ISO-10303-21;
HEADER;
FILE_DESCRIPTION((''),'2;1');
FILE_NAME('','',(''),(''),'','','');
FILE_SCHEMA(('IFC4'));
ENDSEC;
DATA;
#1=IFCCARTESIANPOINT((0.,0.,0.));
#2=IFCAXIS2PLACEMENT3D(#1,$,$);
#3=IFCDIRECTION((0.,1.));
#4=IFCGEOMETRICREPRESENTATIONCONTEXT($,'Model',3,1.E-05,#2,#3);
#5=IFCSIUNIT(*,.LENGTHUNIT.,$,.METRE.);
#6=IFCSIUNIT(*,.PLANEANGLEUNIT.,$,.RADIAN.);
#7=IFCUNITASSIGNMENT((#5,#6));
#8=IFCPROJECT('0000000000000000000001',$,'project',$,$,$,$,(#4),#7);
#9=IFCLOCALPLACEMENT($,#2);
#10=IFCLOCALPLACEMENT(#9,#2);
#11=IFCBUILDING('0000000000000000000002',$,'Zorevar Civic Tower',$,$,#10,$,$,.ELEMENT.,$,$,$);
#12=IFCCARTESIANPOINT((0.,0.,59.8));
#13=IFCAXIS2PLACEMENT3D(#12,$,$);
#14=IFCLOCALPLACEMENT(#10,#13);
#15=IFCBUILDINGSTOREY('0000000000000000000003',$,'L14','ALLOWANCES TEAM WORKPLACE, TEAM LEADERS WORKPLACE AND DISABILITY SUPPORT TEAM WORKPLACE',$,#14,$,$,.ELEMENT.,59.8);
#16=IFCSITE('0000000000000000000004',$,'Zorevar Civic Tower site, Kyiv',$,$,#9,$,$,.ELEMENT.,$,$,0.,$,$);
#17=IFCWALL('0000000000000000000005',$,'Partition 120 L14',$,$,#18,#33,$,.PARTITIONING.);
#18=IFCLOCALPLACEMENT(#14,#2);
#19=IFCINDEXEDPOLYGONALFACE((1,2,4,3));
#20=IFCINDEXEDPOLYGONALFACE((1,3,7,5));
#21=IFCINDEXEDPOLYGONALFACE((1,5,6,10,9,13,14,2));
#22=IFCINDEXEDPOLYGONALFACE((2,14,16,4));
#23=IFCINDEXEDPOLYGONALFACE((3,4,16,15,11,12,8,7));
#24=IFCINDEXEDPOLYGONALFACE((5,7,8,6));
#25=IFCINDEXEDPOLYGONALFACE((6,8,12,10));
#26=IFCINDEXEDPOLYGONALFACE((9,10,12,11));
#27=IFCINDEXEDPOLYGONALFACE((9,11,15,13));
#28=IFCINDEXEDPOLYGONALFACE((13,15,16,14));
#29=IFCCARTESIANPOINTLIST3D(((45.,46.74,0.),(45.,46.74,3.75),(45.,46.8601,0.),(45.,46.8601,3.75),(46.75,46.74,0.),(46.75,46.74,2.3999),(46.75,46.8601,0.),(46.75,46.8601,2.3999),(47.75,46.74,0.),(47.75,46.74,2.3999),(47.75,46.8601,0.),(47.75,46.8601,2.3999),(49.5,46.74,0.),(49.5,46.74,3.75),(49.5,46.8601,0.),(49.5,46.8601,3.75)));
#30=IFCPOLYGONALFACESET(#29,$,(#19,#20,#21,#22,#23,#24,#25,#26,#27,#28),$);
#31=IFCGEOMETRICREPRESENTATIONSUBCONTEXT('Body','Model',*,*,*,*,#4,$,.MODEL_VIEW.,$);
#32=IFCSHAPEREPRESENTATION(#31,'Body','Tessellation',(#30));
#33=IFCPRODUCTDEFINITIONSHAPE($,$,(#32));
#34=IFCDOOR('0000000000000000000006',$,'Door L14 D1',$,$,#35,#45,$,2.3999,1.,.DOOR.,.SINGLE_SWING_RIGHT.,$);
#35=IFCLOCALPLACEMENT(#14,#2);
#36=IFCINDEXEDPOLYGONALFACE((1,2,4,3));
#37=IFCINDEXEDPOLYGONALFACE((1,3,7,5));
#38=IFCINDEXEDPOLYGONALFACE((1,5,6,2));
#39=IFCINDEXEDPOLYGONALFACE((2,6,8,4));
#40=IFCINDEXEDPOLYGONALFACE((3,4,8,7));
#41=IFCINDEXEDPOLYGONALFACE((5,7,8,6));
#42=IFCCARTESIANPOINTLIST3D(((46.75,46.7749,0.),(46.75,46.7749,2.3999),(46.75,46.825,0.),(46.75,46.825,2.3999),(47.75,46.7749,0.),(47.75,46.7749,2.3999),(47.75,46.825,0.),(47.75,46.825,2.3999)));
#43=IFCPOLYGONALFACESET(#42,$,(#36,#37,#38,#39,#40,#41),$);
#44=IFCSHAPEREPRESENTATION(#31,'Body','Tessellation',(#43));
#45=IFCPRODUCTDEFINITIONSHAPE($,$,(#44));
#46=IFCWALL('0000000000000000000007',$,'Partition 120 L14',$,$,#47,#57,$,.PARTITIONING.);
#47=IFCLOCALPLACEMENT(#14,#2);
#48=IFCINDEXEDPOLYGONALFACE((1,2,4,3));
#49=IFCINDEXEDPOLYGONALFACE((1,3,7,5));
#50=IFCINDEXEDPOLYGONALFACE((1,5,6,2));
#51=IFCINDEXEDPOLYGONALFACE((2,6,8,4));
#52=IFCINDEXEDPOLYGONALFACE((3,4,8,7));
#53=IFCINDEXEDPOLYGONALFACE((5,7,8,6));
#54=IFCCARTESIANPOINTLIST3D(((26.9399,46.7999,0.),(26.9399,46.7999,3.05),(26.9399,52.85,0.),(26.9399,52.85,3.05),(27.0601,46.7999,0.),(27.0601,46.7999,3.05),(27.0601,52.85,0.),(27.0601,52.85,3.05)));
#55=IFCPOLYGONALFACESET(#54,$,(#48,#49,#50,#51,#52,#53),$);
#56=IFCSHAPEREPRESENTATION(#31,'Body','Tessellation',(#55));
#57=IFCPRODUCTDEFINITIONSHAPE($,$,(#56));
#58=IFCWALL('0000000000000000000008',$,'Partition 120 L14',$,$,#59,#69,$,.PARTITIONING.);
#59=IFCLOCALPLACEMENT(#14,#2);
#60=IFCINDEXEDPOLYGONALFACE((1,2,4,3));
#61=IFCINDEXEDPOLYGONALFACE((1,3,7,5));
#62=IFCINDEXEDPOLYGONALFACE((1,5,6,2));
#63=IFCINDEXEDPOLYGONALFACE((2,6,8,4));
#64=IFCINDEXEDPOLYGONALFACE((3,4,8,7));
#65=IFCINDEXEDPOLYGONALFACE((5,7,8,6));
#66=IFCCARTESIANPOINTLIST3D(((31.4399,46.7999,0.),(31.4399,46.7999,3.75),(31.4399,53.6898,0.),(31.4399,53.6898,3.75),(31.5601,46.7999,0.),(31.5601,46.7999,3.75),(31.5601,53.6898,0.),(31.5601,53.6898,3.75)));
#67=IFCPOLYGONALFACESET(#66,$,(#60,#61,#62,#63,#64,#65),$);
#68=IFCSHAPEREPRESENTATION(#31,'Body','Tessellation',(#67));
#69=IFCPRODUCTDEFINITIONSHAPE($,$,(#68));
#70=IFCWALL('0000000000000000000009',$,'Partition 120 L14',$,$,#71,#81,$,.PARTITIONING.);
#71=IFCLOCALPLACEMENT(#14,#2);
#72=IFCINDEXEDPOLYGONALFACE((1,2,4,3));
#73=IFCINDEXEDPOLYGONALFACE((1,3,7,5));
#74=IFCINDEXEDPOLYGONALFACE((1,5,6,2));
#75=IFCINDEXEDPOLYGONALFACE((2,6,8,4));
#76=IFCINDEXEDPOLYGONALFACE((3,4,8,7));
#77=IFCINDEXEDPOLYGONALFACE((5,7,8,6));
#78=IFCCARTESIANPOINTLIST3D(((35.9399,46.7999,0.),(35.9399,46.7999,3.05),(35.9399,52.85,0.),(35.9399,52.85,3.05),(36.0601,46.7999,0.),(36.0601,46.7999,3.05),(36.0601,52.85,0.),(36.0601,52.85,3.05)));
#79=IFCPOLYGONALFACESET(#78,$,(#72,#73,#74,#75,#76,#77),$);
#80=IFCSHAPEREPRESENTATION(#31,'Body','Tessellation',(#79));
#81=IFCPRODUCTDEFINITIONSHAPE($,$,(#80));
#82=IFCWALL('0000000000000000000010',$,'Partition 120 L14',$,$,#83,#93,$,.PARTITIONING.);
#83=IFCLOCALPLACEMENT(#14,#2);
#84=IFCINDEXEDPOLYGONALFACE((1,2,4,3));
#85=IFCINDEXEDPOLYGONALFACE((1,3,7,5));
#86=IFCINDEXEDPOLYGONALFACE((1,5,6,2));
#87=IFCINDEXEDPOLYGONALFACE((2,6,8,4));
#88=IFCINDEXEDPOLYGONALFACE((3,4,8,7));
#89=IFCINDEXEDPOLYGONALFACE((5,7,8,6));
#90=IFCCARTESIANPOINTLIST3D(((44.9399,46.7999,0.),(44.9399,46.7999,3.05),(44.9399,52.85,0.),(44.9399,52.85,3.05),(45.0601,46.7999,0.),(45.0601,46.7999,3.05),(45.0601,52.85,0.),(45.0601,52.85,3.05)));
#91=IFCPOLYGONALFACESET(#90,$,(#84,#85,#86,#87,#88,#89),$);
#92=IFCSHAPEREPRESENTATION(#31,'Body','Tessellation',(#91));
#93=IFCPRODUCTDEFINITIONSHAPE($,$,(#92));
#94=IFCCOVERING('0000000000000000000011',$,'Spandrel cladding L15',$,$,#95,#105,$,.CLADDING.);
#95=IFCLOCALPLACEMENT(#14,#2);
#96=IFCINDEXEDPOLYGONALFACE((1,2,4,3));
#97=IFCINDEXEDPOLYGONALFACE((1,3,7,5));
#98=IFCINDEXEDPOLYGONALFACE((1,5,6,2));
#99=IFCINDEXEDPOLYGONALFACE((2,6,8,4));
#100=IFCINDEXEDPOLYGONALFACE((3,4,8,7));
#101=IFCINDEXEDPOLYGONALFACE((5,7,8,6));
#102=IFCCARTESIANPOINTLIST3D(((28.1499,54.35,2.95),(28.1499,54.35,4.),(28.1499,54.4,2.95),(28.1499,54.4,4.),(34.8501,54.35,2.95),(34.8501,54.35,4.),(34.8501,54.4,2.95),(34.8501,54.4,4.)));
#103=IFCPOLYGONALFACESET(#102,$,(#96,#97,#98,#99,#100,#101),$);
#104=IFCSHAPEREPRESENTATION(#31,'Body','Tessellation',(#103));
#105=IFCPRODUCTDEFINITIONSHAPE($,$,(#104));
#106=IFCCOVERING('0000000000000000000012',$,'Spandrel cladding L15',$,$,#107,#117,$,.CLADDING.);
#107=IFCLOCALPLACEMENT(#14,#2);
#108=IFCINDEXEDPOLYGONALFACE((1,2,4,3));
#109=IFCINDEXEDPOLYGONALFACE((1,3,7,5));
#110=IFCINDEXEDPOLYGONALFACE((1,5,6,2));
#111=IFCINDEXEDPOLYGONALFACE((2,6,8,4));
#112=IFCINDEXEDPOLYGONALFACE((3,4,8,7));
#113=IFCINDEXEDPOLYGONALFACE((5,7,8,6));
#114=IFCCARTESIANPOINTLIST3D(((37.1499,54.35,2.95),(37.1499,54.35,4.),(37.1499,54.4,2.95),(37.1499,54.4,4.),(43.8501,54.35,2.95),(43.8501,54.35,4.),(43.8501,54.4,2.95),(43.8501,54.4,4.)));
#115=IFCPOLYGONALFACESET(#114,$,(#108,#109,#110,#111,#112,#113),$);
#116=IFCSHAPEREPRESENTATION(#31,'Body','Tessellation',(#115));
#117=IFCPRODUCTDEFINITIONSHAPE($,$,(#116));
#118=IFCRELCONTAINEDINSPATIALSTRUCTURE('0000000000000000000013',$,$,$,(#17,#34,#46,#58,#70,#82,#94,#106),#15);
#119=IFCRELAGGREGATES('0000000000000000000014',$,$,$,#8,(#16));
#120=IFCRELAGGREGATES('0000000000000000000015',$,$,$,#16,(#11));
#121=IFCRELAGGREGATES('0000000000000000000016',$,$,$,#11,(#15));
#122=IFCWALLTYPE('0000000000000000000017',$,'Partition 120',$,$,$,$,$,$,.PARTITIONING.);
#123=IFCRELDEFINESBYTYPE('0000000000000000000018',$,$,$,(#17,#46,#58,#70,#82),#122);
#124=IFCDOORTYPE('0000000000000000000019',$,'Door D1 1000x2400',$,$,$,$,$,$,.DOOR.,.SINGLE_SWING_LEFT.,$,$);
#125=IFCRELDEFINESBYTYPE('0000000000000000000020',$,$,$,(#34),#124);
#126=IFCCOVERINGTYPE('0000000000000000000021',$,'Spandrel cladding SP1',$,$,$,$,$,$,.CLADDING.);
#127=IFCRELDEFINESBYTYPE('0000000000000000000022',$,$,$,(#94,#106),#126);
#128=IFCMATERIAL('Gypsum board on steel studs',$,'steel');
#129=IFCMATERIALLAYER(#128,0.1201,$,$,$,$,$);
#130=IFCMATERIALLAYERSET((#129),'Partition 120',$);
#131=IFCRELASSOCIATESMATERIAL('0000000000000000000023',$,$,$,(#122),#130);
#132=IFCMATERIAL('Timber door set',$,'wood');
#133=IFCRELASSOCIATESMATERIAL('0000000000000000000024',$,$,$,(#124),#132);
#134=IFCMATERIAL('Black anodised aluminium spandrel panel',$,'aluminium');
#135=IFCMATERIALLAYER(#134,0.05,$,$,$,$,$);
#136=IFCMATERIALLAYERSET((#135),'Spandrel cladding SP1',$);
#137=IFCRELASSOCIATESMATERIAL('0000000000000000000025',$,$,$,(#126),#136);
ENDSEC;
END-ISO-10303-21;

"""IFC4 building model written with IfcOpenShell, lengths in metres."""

from ifc_helpers import new_model, si_unit, direction, frame, frame_2d, origin, place, context, subcontext, project, spatial, rectangle, extrude, material, layer, layer_set, type_object, element, fill, save


model = new_model("IFC4")

# Units and contexts
model_context = context("Model", 3, precision=1e-05, world=origin(), true_north=direction((0.0, 1.0)))
body_context = subcontext(model_context, "Body", "Model", "MODEL_VIEW")
ifc_project = project(units=[si_unit("LENGTHUNIT", "METRE"), si_unit("PLANEANGLEUNIT", "RADIAN")], contexts=[model_context])

# Site, building, storey
site_placement = place(None, origin())
site = spatial("IfcSite", under=ifc_project, at=site_placement, Name="Zorevar Civic Tower site, Kyiv", CompositionType="ELEMENT", RefElevation=0.0)
building_placement = place(site_placement, origin())
building = spatial("IfcBuilding", under=site, at=building_placement, Name="Zorevar Civic Tower", CompositionType="ELEMENT")
storey_placement = place(building_placement, frame((0.0, 0.0, 59.8)))
storey = spatial("IfcBuildingStorey", under=building, at=storey_placement, Name="L14", Description="ALLOWANCES TEAM WORKPLACE, TEAM LEADERS WORKPLACE AND DISABILITY SUPPORT TEAM WORKPLACE", CompositionType="ELEMENT", Elevation=59.8)

# Wall, opening, door
ifc_material_1 = material(Name="Gypsum board on steel studs", Category="steel")
ifc_layer_1 = layer(ifc_material_1, 0.1201)
ifc_layer_set_1 = layer_set([ifc_layer_1], Name="Partition 120")
wall_type = type_object("IfcWallType", Name="Partition 120", PredefinedType="PARTITIONING", material=ifc_layer_set_1)
ifc_material_2 = material(Name="Timber door set", Category="wood")
door_type = type_object("IfcDoorType", Name="Door D1 1000x2400", OperationType="SINGLE_SWING_LEFT", PredefinedType="DOOR", material=ifc_material_2)
wall_1_placement = place(storey_placement, frame((45.0, 46.8, 0.0), z_axis=(0.0, 0.0, 1.0), x_axis=(1.0, 0.0, 0.0)))
wall_1 = element("IfcWall", 1, at=wall_1_placement, inside=storey, type_object=wall_type, Name="Partition 120 L14", PredefinedType="PARTITIONING", context=body_context, shape_type="SweptSolid", body=[
    extrude(rectangle(XDim=4.5, YDim=0.1201, at=frame_2d((2.25, 0.0))), origin(), (0.0, 0.0, 1.0), 3.75),
])
opening_1_placement = place(wall_1_placement, frame((1.75, 0.0, 0.0)))
opening_1 = element("IfcOpeningElement", 2, at=opening_1_placement, cuts=wall_1, PredefinedType="OPENING", context=body_context, shape_type="SweptSolid", body=[
    extrude(rectangle(XDim=1.0, YDim=2.3999, at=frame_2d((0.5, 1.2))), frame((0.0, 0.0701, 0.0), z_axis=(0.0, -1.0, 0.0), x_axis=(1.0, 0.0, 0.0)), (0.0, 0.0, 1.0), 0.1401),
])
door_1_placement = place(opening_1_placement, origin())
door_1 = element("IfcDoor", 3, at=door_1_placement, inside=storey, type_object=door_type, Name="Door L14 D1", OperationType="SINGLE_SWING_RIGHT", OverallHeight=2.3999, OverallWidth=1.0, PredefinedType="DOOR", context=body_context, shape_type="SweptSolid", body=[
    extrude(rectangle(XDim=1.0, YDim=2.3999, at=frame_2d((0.5, 1.2))), frame((0.0, 0.0249, 0.0), z_axis=(0.0, -1.0, 0.0), x_axis=(1.0, 0.0, 0.0)), (0.0, 0.0, 1.0), 0.05),
])
fill(opening_1, door_1)

# Walls
wall_2_placement = place(storey_placement, frame((27.0, 46.8, 0.0), z_axis=(0.0, 0.0, 1.0), x_axis=(0.0, 1.0, 0.0)))
element("IfcWall", 4, at=wall_2_placement, inside=storey, type_object=wall_type, Name="Partition 120 L14", PredefinedType="PARTITIONING", context=body_context, shape_type="SweptSolid", body=[
    extrude(rectangle(XDim=6.05, YDim=0.1201, at=frame_2d((3.0249, 0.0))), origin(), (0.0, 0.0, 1.0), 3.05),
])
wall_3_placement = place(storey_placement, frame((31.5, 46.8, 0.0), z_axis=(0.0, 0.0, 1.0), x_axis=(0.0, 1.0, 0.0)))
element("IfcWall", 5, at=wall_3_placement, inside=storey, type_object=wall_type, Name="Partition 120 L14", PredefinedType="PARTITIONING", context=body_context, shape_type="SweptSolid", body=[
    extrude(rectangle(XDim=6.8899, YDim=0.1201, at=frame_2d((3.4448, 0.0))), origin(), (0.0, 0.0, 1.0), 3.75),
])
for number, where, z_axis, x_axis, name in (
    (6, (36.0, 46.8, 0.0), (0.0, 0.0, 1.0), (0.0, 1.0, 0.0), "Partition 120 L14"),
    (7, (45.0, 46.8, 0.0), (0.0, 0.0, 1.0), (0.0, 1.0, 0.0), "Partition 120 L14"),
):
    element("IfcWall", number, at=place(storey_placement, frame(where, z_axis=z_axis, x_axis=x_axis)), inside=storey, type_object=wall_type, Name=name, PredefinedType="PARTITIONING", context=body_context, shape_type="SweptSolid", body=[
        extrude(rectangle(XDim=6.05, YDim=0.1201, at=frame_2d((3.0249, 0.0))), origin(), (0.0, 0.0, 1.0), 3.05),
    ])

# Coverings
ifc_material_3 = material(Name="Black anodised aluminium spandrel panel", Category="aluminium")
ifc_layer_2 = layer(ifc_material_3, 0.05)
ifc_layer_set_2 = layer_set([ifc_layer_2], Name="Spandrel cladding SP1")
covering_type = type_object("IfcCoveringType", Name="Spandrel cladding SP1", PredefinedType="CLADDING", material=ifc_layer_set_2)
for number, where, z_axis, x_axis, name in (
    (8, (28.1499, 54.375, 2.95), (0.0, 0.0, 1.0), (1.0, 0.0, 0.0), "Spandrel cladding L15"),
    (9, (37.1499, 54.375, 2.95), (0.0, 0.0, 1.0), (1.0, 0.0, 0.0), "Spandrel cladding L15"),
):
    element("IfcCovering", number, at=place(storey_placement, frame(where, z_axis=z_axis, x_axis=x_axis)), inside=storey, type_object=covering_type, Name=name, PredefinedType="CLADDING", context=body_context, shape_type="SweptSolid", body=[
        extrude(rectangle(XDim=6.7002, YDim=0.05, at=frame_2d((3.3501, 0.0))), origin(), (0.0, 0.0, 1.0), 1.05),
    ])

save(model, "model.ifc")
